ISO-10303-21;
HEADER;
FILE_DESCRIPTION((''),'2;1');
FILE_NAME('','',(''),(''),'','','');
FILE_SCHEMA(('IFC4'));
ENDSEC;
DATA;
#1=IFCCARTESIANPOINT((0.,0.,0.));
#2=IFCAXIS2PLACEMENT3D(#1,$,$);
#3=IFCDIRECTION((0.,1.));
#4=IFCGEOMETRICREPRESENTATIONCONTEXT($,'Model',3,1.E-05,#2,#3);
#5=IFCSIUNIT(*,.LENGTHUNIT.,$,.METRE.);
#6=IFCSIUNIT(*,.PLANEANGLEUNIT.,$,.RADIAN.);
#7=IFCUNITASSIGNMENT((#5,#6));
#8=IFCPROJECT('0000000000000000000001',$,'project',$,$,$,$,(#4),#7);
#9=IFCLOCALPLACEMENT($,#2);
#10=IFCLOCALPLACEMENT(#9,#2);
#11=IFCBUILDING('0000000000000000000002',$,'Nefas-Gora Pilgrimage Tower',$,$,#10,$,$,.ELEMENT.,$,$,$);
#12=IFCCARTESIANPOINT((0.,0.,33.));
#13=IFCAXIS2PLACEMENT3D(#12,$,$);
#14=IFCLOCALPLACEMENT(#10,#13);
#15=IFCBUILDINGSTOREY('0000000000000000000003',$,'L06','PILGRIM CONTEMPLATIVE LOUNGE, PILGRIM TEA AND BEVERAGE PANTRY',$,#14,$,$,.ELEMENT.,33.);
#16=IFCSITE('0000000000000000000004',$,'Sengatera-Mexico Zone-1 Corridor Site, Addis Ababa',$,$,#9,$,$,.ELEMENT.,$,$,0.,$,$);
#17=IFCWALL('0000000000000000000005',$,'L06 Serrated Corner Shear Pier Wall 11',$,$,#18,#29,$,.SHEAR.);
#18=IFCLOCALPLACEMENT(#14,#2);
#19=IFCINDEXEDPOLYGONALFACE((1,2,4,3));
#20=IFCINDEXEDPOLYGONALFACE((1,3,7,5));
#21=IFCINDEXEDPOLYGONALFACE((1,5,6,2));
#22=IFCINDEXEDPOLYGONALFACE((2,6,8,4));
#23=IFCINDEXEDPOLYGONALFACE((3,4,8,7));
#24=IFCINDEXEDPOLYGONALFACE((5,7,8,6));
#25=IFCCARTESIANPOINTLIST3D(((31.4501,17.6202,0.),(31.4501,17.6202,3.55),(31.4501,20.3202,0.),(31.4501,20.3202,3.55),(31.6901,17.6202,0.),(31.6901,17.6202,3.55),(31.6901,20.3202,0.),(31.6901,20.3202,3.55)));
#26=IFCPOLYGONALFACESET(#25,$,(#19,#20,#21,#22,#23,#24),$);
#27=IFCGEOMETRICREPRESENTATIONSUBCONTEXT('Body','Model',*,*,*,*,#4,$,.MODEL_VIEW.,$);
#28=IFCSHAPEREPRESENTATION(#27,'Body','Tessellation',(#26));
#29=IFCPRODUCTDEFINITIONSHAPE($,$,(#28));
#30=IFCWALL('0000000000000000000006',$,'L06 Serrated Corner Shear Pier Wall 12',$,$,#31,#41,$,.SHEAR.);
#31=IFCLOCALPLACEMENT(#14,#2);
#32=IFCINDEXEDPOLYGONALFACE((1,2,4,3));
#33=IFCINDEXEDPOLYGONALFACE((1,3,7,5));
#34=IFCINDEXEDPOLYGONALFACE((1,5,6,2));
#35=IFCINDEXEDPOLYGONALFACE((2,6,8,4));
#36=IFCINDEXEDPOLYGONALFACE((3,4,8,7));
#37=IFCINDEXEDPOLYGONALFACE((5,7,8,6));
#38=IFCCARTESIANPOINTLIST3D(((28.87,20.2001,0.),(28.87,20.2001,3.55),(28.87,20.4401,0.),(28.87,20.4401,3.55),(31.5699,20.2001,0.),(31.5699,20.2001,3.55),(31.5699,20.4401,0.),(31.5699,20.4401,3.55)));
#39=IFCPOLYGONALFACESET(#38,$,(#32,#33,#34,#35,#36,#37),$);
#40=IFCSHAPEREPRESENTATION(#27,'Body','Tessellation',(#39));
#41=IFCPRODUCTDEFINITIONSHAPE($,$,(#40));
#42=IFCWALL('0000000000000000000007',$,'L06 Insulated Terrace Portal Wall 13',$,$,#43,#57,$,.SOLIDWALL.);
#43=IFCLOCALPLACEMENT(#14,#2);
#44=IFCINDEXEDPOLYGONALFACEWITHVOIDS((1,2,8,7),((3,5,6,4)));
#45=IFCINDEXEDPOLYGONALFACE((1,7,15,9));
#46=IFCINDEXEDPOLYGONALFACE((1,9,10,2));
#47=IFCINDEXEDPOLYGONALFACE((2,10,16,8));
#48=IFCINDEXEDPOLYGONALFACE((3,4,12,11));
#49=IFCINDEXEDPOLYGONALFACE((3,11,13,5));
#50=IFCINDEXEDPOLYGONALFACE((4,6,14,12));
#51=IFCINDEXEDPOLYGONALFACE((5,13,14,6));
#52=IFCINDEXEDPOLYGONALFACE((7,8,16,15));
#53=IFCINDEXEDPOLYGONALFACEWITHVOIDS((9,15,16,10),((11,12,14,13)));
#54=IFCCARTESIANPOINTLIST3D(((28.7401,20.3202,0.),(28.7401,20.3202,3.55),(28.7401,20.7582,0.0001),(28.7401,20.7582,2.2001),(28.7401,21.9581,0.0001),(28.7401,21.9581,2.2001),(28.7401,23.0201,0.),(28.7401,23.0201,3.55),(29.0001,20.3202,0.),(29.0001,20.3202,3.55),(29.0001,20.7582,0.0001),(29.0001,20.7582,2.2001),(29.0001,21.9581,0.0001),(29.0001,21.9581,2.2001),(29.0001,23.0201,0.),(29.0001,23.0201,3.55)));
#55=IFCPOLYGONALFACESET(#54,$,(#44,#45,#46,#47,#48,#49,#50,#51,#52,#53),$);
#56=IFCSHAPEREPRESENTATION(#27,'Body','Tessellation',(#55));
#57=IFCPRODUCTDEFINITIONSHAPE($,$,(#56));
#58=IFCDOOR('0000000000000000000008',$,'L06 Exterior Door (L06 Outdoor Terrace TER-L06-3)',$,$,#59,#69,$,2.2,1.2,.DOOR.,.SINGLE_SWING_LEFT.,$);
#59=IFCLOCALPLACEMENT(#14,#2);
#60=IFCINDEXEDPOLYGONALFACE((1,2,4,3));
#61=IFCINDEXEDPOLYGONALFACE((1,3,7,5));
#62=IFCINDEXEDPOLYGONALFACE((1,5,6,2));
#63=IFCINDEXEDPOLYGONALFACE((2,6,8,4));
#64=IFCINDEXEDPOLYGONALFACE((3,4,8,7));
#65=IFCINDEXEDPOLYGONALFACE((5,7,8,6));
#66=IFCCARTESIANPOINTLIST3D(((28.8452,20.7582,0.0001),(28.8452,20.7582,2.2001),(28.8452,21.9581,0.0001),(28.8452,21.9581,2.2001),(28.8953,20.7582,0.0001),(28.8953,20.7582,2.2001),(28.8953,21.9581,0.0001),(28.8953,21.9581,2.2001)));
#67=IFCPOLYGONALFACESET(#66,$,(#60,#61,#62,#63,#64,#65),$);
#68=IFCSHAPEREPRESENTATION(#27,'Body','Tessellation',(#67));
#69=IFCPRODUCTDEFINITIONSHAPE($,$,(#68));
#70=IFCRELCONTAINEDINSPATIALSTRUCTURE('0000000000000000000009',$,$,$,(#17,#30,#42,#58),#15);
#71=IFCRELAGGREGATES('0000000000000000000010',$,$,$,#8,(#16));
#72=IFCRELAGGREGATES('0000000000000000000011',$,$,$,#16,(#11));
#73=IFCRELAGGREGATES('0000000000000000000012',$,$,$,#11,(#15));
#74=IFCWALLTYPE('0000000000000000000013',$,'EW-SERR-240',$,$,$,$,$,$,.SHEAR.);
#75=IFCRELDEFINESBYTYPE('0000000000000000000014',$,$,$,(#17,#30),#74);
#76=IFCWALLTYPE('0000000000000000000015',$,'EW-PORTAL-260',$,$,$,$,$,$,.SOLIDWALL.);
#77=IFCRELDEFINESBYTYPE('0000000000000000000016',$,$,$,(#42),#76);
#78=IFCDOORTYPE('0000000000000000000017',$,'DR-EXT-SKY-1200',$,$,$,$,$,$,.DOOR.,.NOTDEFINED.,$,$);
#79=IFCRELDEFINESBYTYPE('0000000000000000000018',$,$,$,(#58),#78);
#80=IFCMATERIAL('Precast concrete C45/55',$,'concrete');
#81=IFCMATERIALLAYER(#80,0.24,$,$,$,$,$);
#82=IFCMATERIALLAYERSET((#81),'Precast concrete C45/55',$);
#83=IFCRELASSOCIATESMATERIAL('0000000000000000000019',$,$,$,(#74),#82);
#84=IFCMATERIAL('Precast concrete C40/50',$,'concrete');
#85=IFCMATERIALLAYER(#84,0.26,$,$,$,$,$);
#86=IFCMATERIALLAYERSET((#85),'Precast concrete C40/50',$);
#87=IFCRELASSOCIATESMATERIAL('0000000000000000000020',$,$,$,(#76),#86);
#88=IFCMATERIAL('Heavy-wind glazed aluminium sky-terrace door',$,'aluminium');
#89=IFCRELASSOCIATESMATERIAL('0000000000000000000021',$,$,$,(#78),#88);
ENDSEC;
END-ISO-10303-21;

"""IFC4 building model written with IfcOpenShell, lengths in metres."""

from ifc_helpers import new_model, si_unit, direction, frame, frame_2d, origin, place, context, subcontext, project, spatial, rectangle, extrude, source, transform, mapped, material, layer, layer_set, type_object, element, fill, save


model = new_model("IFC4")

# Units and contexts
model_context = context("Model", 3, precision=1e-05, world=origin(), true_north=direction((0.0, 1.0)))
body_context = subcontext(model_context, "Body", "Model", "MODEL_VIEW")
ifc_project = project(units=[si_unit("LENGTHUNIT", "METRE"), si_unit("PLANEANGLEUNIT", "RADIAN")], contexts=[model_context])

# Site, building, storey
site_placement = place(None, origin())
site = spatial("IfcSite", under=ifc_project, at=site_placement, Name="Sengatera-Mexico Zone-1 Corridor Site, Addis Ababa", CompositionType="ELEMENT", RefElevation=0.0)
building_placement = place(site_placement, origin())
building = spatial("IfcBuilding", under=site, at=building_placement, Name="Nefas-Gora Pilgrimage Tower", CompositionType="ELEMENT")
storey_placement = place(building_placement, frame((0.0, 0.0, 33.0)))
storey = spatial("IfcBuildingStorey", under=building, at=storey_placement, Name="L06", Description="PILGRIM CONTEMPLATIVE LOUNGE, PILGRIM TEA AND BEVERAGE PANTRY", CompositionType="ELEMENT", Elevation=33.0)

# Walls
ifc_material_1 = material(Name="Precast concrete C45/55", Category="concrete")
ifc_layer_1 = layer(ifc_material_1, 0.24)
ifc_layer_set_1 = layer_set([ifc_layer_1], Name="Precast concrete C45/55")
wall_type_1 = type_object("IfcWallType", Name="EW-SERR-240", PredefinedType="SHEAR", material=ifc_layer_set_1)
shared_shape_1 = source(origin(), body_context, "Body", "SweptSolid", [
    extrude(rectangle(XDim=2.7, YDim=0.24, at=frame_2d((1.3501, 0.0))), origin(), (0.0, 0.0, 1.0), 3.55),
])
for number, where, z_axis, x_axis, name in (
    (1, (31.5701, 17.6201, 0.0), (0.0, 0.0, 1.0), (0.0, 1.0, 0.0), "L06 Serrated Corner Shear Pier Wall 11"),
    (2, (31.5701, 20.3201, 0.0), (0.0, 0.0, 1.0), (-1.0, 0.0, 0.0), "L06 Serrated Corner Shear Pier Wall 12"),
):
    element("IfcWall", number, at=place(storey_placement, frame(where, z_axis=z_axis, x_axis=x_axis)), inside=storey, type_object=wall_type_1, Name=name, PredefinedType="SHEAR", context=body_context, shape_type="MappedRepresentation", body=[
        mapped(shared_shape_1, transform((0.0, 0.0, 0.0), x_axis=(1.0, 0.0, 0.0), y_axis=(0.0, 1.0, 0.0), z_axis=(0.0, 0.0, 1.0), scale=1.0)),
    ])

# Wall, opening, door
ifc_material_2 = material(Name="Precast concrete C40/50", Category="concrete")
ifc_layer_2 = layer(ifc_material_2, 0.26)
ifc_layer_set_2 = layer_set([ifc_layer_2], Name="Precast concrete C40/50")
wall_type_2 = type_object("IfcWallType", Name="EW-PORTAL-260", PredefinedType="SOLIDWALL", material=ifc_layer_set_2)
shared_shape_2 = source(origin(), body_context, "Body", "SweptSolid", [
    extrude(rectangle(XDim=2.7, YDim=0.26, at=frame_2d((1.3501, 0.0))), origin(), (0.0, 0.0, 1.0), 3.55),
])
wall_placement = place(storey_placement, frame((28.8701, 20.3201, 0.0), z_axis=(0.0, 0.0, 1.0), x_axis=(0.0, 1.0, 0.0)))
wall = element("IfcWall", 3, at=wall_placement, inside=storey, type_object=wall_type_2, Name="L06 Insulated Terrace Portal Wall 13", PredefinedType="SOLIDWALL", context=body_context, shape_type="MappedRepresentation", body=[
    mapped(shared_shape_2, transform((0.0, 0.0, 0.0), x_axis=(1.0, 0.0, 0.0), y_axis=(0.0, 1.0, 0.0), z_axis=(0.0, 0.0, 1.0), scale=1.0)),
])
opening_placement = place(wall_placement, frame((0.438, 0.0, 0.0)))
opening = element("IfcOpeningElement", 4, at=opening_placement, cuts=wall, PredefinedType="OPENING", context=body_context, shape_type="SweptSolid", body=[
    extrude(rectangle(XDim=1.2, YDim=2.2, at=frame_2d((0.6001, 1.1001))), frame((0.0, 0.1399, 0.0), z_axis=(0.0, -1.0, 0.0), x_axis=(1.0, 0.0, 0.0)), (0.0, 0.0, 1.0), 0.28),
])
ifc_material_3 = material(Name="Heavy-wind glazed aluminium sky-terrace door", Category="aluminium")
door_type = type_object("IfcDoorType", Name="DR-EXT-SKY-1200", OperationType="NOTDEFINED", PredefinedType="DOOR", material=ifc_material_3)
shared_shape_3 = source(origin(), body_context, "Body", "SweptSolid", [
    extrude(rectangle(XDim=1.2, YDim=2.2, at=frame_2d((0.6001, 1.1001))), frame((0.0, 0.0249, 0.0), z_axis=(0.0, -1.0, 0.0), x_axis=(1.0, 0.0, 0.0)), (0.0, 0.0, 1.0), 0.05),
])
door_placement = place(opening_placement, origin())
door = element("IfcDoor", 5, at=door_placement, inside=storey, type_object=door_type, Name="L06 Exterior Door (L06 Outdoor Terrace TER-L06-3)", OperationType="SINGLE_SWING_LEFT", OverallHeight=2.2, OverallWidth=1.2, PredefinedType="DOOR", context=body_context, shape_type="MappedRepresentation", body=[
    mapped(shared_shape_3, transform((0.0, 0.0, 0.0), x_axis=(1.0, 0.0, 0.0), y_axis=(0.0, 1.0, 0.0), z_axis=(0.0, 0.0, 1.0), scale=1.0)),
])
fill(opening, door)

save(model, "model.ifc")
